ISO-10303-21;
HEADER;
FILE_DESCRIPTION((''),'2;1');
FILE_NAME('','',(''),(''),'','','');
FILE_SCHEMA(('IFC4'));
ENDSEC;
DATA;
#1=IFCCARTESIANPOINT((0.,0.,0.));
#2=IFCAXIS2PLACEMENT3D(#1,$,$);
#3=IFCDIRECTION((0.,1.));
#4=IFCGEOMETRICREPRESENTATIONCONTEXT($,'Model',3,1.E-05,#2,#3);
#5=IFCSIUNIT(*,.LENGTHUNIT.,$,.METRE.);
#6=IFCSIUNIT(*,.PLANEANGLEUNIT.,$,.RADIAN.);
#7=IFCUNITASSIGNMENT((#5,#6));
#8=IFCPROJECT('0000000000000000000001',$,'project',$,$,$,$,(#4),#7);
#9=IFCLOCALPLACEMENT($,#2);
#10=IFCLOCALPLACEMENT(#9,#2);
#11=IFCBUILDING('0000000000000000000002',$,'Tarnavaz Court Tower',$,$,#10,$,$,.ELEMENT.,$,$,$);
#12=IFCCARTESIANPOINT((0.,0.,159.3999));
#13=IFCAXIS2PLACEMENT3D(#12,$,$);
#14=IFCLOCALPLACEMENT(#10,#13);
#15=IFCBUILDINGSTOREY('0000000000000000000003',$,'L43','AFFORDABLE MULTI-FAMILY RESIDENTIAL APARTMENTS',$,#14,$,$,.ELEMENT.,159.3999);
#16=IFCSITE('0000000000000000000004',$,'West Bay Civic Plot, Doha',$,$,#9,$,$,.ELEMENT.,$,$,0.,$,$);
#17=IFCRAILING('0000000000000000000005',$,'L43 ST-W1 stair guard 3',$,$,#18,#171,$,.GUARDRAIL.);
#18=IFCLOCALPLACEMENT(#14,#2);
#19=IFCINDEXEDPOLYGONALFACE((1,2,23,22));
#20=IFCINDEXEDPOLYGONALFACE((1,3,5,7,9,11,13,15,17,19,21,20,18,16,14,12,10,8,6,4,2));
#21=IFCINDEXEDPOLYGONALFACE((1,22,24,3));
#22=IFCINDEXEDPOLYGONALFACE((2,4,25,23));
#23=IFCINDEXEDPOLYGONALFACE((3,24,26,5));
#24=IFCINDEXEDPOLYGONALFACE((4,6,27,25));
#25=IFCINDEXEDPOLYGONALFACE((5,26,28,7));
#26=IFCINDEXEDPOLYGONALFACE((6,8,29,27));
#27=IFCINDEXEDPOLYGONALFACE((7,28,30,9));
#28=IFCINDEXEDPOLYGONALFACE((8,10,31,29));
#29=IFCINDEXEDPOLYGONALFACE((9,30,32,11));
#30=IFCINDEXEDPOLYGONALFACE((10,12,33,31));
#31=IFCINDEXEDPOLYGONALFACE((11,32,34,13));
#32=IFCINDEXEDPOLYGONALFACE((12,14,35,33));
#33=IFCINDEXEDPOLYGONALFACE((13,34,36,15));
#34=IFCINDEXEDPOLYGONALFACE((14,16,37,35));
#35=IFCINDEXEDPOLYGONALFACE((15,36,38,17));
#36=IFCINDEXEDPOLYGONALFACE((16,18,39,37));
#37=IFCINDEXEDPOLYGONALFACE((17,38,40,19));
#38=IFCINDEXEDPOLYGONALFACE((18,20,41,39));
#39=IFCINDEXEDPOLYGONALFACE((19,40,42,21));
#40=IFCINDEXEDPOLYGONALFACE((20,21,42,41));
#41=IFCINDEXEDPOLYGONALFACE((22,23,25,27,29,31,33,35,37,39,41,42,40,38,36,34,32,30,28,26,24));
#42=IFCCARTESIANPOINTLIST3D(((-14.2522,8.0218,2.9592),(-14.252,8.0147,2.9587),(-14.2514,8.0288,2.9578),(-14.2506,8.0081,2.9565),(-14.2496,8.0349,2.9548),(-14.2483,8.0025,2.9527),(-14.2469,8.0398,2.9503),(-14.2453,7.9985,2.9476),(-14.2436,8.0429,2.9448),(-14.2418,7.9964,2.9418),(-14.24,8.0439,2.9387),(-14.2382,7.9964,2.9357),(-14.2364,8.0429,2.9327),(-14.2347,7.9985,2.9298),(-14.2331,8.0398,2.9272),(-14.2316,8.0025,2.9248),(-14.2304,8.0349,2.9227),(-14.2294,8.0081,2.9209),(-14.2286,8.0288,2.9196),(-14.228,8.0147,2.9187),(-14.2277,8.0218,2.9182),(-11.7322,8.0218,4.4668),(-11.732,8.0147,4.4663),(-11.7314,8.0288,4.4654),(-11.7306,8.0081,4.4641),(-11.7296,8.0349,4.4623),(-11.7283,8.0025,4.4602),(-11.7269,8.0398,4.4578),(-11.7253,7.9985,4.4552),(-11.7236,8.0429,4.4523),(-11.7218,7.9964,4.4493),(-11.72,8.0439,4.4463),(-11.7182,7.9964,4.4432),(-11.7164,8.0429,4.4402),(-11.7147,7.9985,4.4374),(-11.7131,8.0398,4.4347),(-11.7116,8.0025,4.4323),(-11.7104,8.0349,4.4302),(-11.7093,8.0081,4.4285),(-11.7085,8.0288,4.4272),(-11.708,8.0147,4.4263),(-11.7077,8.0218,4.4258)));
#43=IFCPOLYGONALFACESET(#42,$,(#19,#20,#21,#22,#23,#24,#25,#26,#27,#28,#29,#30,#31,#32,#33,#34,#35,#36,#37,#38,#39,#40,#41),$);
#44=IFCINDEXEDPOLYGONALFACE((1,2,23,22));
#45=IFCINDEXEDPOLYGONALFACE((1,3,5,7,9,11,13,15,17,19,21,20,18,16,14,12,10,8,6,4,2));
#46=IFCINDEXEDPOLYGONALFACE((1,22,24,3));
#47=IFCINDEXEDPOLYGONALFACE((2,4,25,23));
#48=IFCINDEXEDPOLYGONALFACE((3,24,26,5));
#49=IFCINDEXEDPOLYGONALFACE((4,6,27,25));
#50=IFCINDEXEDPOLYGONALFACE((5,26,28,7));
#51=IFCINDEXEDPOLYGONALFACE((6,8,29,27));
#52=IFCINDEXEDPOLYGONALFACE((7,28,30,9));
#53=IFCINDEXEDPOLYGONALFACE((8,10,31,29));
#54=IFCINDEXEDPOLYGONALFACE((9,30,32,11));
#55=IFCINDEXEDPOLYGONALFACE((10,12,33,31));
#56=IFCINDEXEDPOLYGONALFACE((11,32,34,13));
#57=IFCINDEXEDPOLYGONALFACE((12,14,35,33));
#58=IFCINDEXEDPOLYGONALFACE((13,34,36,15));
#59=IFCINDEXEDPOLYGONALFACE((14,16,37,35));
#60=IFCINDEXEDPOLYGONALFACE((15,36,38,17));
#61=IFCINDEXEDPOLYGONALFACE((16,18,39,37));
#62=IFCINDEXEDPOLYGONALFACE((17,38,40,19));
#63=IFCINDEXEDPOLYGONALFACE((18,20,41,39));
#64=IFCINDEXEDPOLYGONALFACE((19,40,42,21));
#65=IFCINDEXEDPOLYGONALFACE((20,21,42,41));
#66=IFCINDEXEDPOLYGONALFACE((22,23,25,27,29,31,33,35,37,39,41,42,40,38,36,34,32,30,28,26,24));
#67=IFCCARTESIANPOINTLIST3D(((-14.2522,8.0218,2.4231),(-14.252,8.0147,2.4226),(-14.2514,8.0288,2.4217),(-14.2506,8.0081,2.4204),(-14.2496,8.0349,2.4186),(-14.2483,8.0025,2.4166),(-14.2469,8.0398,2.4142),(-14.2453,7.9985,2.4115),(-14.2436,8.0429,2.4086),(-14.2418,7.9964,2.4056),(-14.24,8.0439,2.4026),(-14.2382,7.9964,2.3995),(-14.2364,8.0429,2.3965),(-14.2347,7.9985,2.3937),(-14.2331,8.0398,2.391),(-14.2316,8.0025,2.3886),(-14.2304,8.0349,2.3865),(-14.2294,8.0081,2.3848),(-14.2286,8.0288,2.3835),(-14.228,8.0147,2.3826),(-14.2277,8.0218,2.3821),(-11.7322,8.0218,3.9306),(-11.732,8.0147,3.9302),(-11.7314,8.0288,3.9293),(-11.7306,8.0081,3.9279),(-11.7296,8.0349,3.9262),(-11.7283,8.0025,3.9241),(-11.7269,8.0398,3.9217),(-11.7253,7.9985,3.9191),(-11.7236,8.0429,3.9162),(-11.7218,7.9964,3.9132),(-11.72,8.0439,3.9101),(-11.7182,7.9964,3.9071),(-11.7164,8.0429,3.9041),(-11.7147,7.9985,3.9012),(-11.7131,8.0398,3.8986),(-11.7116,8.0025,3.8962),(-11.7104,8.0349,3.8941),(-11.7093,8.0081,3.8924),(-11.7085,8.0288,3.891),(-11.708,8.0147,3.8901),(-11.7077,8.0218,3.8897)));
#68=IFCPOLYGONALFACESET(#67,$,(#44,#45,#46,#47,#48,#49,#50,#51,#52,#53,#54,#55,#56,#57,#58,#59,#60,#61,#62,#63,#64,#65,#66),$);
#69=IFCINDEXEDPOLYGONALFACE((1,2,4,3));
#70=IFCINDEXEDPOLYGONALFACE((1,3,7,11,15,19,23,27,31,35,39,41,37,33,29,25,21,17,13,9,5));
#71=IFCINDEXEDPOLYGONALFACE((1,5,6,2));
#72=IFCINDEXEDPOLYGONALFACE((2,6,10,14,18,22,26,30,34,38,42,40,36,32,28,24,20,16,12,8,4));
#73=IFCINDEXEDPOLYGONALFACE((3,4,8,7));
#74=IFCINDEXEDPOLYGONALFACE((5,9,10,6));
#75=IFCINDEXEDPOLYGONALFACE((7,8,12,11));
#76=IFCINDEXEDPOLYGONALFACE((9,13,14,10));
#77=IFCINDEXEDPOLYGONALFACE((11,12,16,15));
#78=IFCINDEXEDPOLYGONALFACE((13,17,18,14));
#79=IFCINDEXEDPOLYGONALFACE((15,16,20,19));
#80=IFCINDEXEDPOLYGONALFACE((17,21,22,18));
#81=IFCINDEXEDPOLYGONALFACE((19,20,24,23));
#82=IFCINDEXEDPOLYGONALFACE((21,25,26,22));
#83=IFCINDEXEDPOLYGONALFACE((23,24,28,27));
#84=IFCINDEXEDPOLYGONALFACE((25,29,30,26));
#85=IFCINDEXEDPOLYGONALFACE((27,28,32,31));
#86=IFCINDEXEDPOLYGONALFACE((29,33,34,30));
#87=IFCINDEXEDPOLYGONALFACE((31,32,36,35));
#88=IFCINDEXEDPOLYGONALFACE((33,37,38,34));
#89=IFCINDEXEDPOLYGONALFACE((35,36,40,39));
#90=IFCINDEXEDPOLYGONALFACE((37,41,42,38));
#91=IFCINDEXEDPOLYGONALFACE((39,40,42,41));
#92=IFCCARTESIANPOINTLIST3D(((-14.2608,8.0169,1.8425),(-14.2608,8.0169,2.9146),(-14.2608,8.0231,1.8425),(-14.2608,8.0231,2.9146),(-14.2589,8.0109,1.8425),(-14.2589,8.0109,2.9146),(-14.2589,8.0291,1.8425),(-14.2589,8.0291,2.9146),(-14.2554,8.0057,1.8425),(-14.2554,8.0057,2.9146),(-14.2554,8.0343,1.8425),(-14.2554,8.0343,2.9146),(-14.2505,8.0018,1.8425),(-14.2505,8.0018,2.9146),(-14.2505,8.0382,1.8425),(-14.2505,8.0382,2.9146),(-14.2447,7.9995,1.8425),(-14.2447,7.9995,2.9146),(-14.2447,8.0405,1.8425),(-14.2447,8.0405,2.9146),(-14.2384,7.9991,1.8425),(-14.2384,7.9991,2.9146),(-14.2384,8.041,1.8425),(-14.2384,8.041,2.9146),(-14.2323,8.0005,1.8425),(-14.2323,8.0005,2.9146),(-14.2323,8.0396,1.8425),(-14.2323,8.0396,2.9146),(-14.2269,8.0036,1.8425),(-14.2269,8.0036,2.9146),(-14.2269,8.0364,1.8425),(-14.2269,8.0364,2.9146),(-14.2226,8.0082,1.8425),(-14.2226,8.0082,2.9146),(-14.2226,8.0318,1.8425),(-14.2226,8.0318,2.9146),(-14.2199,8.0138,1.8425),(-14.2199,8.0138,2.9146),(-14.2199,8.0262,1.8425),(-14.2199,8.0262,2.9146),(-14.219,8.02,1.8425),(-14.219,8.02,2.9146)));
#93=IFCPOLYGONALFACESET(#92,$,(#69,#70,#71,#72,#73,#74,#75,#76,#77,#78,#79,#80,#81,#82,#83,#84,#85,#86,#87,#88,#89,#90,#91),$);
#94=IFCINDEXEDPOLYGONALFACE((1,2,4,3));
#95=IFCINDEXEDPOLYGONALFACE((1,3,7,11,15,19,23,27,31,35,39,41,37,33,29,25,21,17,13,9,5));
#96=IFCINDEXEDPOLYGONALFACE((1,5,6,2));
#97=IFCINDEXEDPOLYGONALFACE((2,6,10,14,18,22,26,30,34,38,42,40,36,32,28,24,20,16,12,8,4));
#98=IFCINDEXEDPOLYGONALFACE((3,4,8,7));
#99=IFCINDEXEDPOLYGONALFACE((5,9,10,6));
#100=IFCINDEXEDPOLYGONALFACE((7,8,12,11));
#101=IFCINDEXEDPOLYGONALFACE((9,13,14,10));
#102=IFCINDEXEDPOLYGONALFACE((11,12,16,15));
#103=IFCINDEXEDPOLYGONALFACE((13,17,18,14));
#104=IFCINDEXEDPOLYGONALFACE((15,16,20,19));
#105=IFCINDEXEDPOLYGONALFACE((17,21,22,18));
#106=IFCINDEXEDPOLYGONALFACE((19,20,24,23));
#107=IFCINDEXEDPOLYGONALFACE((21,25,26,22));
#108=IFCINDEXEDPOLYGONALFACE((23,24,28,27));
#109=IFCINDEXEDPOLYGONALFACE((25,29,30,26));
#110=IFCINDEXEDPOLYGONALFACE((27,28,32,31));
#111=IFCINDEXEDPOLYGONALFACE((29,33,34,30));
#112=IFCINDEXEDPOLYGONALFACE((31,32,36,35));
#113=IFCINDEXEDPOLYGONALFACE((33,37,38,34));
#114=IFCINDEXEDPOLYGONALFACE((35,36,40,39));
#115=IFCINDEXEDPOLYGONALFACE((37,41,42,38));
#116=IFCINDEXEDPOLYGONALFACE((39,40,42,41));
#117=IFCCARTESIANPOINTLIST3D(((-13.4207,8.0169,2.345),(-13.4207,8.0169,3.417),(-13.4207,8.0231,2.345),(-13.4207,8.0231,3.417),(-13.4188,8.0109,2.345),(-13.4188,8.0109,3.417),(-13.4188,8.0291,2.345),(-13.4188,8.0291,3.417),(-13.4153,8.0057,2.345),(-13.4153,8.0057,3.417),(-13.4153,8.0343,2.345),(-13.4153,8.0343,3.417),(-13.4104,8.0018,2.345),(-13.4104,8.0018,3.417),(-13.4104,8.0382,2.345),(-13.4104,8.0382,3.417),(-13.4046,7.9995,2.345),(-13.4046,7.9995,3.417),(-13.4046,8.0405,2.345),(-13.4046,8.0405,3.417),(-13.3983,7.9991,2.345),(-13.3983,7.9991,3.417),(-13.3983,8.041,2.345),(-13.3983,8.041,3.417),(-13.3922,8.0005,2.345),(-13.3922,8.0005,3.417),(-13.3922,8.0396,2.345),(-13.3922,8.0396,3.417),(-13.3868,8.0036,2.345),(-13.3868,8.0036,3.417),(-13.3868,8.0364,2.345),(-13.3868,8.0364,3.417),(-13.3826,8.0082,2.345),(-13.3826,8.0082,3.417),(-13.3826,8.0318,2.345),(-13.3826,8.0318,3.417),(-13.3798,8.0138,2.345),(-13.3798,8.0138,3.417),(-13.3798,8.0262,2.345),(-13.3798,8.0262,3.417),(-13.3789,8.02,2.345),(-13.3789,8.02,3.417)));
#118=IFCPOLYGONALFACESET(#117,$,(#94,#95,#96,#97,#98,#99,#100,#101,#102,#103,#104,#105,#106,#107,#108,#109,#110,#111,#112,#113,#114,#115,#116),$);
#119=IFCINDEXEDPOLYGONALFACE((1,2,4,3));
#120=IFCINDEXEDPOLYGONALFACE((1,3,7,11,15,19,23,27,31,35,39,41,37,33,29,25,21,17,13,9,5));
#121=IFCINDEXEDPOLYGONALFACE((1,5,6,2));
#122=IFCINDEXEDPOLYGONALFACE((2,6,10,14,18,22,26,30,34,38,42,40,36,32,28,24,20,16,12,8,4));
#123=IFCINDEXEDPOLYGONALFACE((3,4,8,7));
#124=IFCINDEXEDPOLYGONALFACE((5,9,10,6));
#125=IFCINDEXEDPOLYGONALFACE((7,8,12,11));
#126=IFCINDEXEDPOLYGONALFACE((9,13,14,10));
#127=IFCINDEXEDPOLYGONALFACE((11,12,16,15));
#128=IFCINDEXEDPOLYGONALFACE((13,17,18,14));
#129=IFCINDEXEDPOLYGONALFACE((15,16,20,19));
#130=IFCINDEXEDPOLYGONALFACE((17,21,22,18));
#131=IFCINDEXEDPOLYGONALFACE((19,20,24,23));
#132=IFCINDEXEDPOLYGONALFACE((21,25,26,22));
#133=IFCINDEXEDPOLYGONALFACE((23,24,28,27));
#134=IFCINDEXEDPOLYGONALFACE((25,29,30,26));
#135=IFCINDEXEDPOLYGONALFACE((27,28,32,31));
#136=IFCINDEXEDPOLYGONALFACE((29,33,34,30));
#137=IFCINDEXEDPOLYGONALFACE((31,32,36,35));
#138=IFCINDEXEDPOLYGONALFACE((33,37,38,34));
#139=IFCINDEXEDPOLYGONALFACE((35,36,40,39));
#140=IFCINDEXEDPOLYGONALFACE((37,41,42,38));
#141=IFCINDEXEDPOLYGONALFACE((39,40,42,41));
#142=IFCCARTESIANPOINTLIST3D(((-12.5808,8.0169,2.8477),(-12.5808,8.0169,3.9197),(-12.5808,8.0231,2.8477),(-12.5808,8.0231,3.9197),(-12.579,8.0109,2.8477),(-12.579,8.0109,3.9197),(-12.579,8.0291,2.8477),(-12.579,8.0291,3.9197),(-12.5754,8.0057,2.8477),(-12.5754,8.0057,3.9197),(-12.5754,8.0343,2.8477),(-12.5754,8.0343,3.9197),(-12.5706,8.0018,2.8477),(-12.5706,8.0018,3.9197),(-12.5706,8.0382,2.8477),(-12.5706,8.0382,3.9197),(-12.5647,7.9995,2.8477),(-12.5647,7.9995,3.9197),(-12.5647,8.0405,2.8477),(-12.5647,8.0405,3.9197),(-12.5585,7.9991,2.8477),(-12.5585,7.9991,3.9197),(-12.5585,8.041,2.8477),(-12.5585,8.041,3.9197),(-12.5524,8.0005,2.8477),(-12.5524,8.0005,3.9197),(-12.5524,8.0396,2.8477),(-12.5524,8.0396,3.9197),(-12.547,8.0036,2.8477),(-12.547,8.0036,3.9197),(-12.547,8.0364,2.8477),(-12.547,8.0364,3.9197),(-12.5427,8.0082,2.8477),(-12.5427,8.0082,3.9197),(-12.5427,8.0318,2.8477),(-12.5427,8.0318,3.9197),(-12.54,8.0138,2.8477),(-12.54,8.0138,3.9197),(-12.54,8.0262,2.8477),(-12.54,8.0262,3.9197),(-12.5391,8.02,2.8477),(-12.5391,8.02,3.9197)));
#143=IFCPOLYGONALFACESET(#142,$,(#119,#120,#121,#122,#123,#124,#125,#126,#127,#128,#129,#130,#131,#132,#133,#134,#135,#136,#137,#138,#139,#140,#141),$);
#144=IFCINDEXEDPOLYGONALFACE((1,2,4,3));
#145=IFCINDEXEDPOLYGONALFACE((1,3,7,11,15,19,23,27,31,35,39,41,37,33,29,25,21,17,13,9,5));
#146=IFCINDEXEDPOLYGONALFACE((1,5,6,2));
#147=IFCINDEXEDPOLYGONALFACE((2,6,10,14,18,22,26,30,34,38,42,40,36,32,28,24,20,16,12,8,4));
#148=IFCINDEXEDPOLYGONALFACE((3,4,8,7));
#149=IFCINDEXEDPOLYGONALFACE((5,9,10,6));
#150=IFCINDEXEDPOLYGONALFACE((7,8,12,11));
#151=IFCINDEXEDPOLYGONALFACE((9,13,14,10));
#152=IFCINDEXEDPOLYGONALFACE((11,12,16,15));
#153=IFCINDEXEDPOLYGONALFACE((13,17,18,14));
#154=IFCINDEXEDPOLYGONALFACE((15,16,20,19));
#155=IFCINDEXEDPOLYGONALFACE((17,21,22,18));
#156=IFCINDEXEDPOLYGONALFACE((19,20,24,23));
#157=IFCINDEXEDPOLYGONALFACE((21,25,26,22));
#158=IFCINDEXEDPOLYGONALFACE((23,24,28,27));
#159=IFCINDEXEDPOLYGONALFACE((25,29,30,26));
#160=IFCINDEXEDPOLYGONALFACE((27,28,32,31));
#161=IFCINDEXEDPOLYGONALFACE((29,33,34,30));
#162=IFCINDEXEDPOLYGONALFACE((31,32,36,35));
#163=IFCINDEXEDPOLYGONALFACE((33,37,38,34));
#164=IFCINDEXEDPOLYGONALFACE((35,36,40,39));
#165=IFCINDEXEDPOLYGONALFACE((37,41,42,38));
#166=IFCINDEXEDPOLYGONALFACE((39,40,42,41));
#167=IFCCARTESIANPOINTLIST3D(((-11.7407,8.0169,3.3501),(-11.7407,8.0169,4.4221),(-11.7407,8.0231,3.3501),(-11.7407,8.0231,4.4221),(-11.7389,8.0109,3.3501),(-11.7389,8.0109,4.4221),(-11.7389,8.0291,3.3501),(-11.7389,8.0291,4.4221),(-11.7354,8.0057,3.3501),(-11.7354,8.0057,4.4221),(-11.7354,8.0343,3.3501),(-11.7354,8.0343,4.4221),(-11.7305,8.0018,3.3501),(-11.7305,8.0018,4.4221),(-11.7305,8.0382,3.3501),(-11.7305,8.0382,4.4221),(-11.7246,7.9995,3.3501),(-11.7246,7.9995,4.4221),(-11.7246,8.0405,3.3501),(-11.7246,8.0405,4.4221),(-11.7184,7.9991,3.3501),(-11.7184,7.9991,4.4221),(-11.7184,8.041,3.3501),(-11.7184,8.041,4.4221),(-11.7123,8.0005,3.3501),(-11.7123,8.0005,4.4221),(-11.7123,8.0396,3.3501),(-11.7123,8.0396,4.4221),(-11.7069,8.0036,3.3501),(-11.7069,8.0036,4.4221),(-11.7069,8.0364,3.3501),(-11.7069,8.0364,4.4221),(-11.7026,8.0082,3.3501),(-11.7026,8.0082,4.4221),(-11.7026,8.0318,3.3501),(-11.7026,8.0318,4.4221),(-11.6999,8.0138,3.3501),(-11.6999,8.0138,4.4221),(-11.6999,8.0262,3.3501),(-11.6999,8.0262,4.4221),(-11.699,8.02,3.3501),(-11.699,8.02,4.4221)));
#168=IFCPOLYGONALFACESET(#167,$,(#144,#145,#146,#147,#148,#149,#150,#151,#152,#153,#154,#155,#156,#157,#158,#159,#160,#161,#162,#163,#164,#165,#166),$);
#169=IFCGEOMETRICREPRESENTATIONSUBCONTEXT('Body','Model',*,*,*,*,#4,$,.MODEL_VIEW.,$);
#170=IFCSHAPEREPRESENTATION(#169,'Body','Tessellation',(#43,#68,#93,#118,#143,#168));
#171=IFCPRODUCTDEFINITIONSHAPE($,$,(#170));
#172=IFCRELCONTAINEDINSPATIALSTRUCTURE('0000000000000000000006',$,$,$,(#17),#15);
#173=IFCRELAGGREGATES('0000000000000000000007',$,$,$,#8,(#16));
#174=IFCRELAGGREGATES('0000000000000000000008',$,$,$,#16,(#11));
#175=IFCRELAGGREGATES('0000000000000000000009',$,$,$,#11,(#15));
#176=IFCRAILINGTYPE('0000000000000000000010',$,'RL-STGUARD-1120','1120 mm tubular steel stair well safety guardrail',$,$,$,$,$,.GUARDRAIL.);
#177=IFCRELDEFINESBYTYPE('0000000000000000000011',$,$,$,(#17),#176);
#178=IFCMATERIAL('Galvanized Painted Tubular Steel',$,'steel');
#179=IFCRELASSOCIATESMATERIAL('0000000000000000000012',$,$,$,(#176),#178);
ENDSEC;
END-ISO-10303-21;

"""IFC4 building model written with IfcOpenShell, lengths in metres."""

from ifc_helpers import new_model, si_unit, direction, frame, origin, origin_2d, place, context, subcontext, project, spatial, circle, extrude, material, type_object, element, save


model = new_model("IFC4")

# Units and contexts
model_context = context("Model", 3, precision=1e-05, world=origin(), true_north=direction((0.0, 1.0)))
body_context = subcontext(model_context, "Body", "Model", "MODEL_VIEW")
ifc_project = project(units=[si_unit("LENGTHUNIT", "METRE"), si_unit("PLANEANGLEUNIT", "RADIAN")], contexts=[model_context])

# Site, building, storey
site_placement = place(None, origin())
site = spatial("IfcSite", under=ifc_project, at=site_placement, Name="West Bay Civic Plot, Doha", CompositionType="ELEMENT", RefElevation=0.0)
building_placement = place(site_placement, origin())
building = spatial("IfcBuilding", under=site, at=building_placement, Name="Tarnavaz Court Tower", CompositionType="ELEMENT")
storey_placement = place(building_placement, frame((0.0, 0.0, 159.3999)))
storey = spatial("IfcBuildingStorey", under=building, at=storey_placement, Name="L43", Description="AFFORDABLE MULTI-FAMILY RESIDENTIAL APARTMENTS", CompositionType="ELEMENT", Elevation=159.3999)

# Railing
ifc_material_1 = material(Name="Galvanized Painted Tubular Steel", Category="steel")
railing_type_1 = type_object("IfcRailingType", Name="RL-STGUARD-1120", Description="1120 mm tubular steel stair well safety guardrail", PredefinedType="GUARDRAIL", material=ifc_material_1)
railing_1_placement = place(storey_placement, frame((-14.24, 8.02, 1.8425)))
element("IfcRailing", 1, at=railing_1_placement, inside=storey, type_object=railing_type_1, Name="L43 ST-W1 stair guard 3", PredefinedType="GUARDRAIL", context=body_context, shape_type="SweptSolid", body=[
    extrude(circle(Radius=0.0239, at=origin_2d()), frame((0.0, 0.0, 1.0962), z_axis=(0.85816, 0.0, 0.513383), x_axis=(0.0, 1.0, 0.0)), (0.0, 0.0, 1.0), 2.9365),
    extrude(circle(Radius=0.0239, at=origin_2d()), frame((0.0, 0.0, 0.5601), z_axis=(0.85816, 0.0, 0.513383), x_axis=(0.0, 1.0, 0.0)), (0.0, 0.0, 1.0), 2.9365),
    extrude(circle(Radius=0.021, at=origin_2d()), origin(), (0.0, 0.0, 1.0), 1.072),
    extrude(circle(Radius=0.021, at=origin_2d()), frame((0.8401, 0.0, 0.5024)), (0.0, 0.0, 1.0), 1.072),
    extrude(circle(Radius=0.021, at=origin_2d()), frame((1.6799, 0.0, 1.0051)), (0.0, 0.0, 1.0), 1.072),
    extrude(circle(Radius=0.021, at=origin_2d()), frame((2.52, 0.0, 1.5076)), (0.0, 0.0, 1.0), 1.072),
])

save(model, "model.ifc")
